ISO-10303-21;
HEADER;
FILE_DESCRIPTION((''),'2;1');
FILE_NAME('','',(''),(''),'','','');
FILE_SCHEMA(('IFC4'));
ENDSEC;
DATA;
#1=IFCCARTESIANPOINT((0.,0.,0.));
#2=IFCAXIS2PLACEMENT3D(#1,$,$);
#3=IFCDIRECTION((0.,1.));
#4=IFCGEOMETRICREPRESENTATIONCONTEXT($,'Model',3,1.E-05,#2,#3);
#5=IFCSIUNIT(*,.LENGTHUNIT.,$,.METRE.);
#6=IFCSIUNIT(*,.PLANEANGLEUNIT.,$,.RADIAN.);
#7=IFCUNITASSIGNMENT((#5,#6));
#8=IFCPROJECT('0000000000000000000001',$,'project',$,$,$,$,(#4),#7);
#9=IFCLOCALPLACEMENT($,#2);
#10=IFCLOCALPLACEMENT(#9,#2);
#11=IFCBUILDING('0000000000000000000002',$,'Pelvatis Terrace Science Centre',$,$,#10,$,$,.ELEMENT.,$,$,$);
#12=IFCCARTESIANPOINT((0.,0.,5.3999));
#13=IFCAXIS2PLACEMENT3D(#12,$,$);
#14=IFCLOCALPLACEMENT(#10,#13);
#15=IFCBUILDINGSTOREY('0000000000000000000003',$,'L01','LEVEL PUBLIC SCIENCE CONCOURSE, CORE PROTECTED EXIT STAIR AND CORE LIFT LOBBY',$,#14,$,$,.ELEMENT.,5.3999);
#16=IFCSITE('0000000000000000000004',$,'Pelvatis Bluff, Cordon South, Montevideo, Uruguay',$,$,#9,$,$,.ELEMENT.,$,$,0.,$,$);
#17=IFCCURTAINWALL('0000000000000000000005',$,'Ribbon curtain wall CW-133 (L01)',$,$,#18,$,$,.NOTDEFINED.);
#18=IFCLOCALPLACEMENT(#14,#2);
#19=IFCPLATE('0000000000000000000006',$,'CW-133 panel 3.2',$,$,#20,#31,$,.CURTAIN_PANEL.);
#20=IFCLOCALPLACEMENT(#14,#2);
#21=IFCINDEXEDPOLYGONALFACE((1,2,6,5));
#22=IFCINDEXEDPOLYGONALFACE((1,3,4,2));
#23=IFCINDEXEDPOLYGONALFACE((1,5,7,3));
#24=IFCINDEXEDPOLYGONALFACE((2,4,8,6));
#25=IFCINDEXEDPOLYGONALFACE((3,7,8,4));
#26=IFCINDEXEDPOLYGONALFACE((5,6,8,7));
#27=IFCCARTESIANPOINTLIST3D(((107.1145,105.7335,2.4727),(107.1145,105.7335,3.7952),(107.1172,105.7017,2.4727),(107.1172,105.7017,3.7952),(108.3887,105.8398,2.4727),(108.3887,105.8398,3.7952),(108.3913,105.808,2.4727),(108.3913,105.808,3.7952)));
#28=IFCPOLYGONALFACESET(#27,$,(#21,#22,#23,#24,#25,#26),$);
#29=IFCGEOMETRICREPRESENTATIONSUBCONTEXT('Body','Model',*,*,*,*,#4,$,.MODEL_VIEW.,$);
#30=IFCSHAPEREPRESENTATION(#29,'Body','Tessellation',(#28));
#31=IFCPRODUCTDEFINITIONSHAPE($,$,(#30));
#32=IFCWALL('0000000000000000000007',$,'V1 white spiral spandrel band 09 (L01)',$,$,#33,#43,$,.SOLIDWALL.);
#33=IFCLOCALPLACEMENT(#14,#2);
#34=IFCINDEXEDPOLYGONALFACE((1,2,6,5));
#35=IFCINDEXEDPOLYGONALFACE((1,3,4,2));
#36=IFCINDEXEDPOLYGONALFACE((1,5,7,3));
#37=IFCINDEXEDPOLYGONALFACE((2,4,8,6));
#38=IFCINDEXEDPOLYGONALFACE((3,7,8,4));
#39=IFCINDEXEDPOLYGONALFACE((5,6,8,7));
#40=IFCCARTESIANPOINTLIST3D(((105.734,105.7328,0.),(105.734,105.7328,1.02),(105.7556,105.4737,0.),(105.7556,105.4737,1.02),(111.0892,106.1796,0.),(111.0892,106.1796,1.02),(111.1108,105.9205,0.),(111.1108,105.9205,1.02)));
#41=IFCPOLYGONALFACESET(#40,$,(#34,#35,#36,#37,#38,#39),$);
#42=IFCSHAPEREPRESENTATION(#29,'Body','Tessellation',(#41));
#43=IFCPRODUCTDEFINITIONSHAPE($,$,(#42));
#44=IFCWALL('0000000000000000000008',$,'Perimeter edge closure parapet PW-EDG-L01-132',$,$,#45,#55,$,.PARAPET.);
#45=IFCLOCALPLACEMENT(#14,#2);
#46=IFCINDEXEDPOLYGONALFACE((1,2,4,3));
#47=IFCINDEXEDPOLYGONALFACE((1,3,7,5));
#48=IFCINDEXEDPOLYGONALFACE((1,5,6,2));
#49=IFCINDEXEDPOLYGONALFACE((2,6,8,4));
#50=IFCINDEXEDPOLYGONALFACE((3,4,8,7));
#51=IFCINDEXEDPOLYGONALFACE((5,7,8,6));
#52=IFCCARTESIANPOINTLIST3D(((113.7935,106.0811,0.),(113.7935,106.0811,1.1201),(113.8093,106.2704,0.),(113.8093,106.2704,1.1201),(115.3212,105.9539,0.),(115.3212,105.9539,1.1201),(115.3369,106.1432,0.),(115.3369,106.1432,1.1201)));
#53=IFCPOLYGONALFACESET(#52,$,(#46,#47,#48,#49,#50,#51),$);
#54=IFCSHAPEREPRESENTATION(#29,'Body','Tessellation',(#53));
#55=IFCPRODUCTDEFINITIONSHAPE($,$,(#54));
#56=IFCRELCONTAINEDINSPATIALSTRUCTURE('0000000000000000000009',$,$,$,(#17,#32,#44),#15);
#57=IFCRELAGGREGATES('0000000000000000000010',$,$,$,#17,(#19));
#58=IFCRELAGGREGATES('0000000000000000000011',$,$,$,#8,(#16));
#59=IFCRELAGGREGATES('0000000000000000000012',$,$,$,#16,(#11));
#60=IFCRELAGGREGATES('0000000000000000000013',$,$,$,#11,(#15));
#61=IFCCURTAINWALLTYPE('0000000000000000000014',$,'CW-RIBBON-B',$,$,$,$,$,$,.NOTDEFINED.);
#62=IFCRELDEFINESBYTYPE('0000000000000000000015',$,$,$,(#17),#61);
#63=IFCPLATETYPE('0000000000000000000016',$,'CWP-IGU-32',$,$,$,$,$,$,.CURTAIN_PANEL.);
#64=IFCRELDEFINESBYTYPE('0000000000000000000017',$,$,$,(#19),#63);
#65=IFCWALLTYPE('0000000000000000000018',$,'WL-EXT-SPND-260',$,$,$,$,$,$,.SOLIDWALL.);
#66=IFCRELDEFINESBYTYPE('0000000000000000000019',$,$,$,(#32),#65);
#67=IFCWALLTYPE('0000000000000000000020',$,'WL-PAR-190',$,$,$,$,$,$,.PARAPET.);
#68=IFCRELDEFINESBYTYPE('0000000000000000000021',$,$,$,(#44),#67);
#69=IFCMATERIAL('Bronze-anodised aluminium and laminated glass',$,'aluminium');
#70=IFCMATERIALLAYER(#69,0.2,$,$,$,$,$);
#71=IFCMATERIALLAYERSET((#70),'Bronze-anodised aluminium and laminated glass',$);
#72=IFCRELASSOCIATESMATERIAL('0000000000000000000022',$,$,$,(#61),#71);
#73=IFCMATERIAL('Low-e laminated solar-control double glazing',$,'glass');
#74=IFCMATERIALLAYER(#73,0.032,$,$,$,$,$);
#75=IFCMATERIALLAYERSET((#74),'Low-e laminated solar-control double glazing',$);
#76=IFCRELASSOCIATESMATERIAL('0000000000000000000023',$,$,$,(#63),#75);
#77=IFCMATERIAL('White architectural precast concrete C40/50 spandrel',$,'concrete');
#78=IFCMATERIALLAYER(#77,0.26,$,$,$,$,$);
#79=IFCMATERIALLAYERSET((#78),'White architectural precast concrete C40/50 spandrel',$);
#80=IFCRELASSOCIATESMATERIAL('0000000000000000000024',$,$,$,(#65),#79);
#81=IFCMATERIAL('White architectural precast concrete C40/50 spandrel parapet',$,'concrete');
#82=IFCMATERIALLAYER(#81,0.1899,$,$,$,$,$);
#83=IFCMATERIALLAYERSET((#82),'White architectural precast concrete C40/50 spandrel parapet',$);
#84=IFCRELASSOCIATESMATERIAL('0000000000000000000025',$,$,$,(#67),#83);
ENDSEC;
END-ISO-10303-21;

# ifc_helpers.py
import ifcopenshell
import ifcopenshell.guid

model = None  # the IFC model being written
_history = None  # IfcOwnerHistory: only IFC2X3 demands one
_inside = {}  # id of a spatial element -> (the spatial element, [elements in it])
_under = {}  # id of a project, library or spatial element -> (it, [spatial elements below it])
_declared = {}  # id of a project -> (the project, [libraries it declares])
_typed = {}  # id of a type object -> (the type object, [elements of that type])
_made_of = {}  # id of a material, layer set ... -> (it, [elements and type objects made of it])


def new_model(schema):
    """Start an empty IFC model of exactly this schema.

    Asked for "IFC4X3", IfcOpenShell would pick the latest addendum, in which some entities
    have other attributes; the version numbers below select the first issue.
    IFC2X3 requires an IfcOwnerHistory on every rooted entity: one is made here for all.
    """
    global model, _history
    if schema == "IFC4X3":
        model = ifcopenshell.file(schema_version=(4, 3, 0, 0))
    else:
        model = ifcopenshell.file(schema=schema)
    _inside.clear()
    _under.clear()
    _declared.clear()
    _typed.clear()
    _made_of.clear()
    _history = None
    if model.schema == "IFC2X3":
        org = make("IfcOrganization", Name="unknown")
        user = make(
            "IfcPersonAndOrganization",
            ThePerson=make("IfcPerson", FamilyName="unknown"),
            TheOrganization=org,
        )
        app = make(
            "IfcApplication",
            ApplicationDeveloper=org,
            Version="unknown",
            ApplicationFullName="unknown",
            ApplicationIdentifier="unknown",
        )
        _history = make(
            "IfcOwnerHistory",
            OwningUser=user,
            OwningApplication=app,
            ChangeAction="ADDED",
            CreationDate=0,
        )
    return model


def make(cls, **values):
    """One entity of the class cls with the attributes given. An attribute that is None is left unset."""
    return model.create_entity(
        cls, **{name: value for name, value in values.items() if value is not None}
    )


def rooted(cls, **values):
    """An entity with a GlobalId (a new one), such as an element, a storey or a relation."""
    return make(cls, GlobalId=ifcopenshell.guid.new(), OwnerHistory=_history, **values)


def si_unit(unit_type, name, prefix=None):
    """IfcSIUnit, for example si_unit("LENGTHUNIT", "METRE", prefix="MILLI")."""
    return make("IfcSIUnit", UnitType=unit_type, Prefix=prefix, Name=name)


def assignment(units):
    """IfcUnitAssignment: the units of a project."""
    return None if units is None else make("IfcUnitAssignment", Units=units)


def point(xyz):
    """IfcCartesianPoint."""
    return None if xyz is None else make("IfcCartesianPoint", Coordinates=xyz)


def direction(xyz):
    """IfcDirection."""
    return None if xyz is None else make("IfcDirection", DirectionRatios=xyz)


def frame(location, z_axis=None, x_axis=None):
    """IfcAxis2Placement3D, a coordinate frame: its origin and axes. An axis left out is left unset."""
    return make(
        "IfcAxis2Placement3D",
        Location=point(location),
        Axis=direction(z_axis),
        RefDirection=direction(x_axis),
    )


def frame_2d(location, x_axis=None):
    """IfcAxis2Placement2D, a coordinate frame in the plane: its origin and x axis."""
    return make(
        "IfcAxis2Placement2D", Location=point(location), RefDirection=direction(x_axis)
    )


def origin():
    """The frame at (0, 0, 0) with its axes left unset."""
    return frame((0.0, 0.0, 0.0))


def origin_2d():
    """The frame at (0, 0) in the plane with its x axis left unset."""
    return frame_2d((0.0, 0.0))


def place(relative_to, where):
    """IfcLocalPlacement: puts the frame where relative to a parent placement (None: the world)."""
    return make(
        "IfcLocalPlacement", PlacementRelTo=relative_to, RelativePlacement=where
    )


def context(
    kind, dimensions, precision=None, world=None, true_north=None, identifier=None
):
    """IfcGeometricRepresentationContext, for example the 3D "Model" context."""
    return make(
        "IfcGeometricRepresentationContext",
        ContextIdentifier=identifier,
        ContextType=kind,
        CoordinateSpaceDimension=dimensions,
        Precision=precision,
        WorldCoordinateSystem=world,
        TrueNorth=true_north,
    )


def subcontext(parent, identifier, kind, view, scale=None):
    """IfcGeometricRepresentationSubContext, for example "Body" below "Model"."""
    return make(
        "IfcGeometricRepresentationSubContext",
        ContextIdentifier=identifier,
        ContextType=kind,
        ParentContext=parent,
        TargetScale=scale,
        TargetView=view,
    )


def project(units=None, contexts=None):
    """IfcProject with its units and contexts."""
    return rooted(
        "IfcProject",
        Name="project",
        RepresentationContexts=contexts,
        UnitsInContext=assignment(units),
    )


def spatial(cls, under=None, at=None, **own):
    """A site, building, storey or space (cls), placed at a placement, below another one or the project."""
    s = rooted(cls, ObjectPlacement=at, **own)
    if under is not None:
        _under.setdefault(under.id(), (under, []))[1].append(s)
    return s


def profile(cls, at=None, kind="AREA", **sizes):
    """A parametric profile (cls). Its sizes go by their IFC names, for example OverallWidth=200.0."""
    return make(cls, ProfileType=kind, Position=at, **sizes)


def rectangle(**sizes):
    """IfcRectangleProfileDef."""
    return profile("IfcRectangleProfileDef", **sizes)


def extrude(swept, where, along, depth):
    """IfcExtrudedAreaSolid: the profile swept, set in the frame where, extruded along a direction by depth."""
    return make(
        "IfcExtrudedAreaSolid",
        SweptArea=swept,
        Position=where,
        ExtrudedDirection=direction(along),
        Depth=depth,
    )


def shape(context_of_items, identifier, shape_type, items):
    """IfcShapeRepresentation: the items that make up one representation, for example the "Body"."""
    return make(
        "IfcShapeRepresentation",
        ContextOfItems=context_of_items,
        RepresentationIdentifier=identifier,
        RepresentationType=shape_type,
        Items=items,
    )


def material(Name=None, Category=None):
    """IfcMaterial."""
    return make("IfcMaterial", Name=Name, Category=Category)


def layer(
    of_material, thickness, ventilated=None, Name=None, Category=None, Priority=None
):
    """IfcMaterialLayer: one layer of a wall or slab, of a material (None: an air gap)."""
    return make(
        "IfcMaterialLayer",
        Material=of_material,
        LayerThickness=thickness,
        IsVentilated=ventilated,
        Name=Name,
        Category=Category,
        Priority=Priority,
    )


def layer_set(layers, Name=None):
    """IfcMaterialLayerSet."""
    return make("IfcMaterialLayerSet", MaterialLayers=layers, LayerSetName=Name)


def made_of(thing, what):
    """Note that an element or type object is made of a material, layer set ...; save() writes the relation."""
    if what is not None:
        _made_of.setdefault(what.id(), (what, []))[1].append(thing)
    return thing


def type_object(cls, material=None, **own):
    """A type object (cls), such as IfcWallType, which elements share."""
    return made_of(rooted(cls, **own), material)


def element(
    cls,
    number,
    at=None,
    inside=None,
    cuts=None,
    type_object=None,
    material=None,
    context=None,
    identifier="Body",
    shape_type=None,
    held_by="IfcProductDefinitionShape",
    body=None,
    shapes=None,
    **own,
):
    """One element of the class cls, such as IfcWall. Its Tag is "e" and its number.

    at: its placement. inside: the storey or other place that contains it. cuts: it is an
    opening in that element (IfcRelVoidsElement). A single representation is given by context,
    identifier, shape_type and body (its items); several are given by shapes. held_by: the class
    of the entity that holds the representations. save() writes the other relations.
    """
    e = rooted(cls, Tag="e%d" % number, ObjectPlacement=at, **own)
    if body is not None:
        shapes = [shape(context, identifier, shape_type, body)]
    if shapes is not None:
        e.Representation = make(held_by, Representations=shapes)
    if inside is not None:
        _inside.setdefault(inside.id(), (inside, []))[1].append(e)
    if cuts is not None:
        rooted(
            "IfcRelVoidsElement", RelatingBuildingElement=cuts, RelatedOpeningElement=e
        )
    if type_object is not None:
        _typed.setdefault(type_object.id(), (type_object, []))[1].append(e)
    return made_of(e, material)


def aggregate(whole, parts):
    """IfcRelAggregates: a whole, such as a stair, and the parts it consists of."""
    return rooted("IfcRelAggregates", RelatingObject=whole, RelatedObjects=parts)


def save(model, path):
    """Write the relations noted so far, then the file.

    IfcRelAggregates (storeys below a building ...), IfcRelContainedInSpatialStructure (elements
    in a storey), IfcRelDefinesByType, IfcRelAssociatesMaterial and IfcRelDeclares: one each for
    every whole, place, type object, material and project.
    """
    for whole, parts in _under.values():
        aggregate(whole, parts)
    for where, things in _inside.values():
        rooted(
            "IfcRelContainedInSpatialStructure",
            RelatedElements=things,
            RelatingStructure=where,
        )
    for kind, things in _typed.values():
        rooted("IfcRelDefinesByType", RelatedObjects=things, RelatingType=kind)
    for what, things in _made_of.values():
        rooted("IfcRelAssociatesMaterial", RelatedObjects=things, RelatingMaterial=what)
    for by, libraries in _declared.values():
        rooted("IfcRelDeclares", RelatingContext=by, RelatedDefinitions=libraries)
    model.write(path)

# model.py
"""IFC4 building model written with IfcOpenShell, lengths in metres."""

from ifc_helpers import new_model, si_unit, direction, frame, frame_2d, origin, origin_2d, place, context, subcontext, project, spatial, rectangle, extrude, material, layer, layer_set, type_object, element, aggregate, save


model = new_model("IFC4")

# Units and contexts
model_context = context("Model", 3, precision=1e-05, world=origin(), true_north=direction((0.0, 1.0)))
body_context = subcontext(model_context, "Body", "Model", "MODEL_VIEW")
ifc_project = project(units=[si_unit("LENGTHUNIT", "METRE"), si_unit("PLANEANGLEUNIT", "RADIAN")], contexts=[model_context])

# Site, building, storey
site_placement = place(None, origin())
site = spatial("IfcSite", under=ifc_project, at=site_placement, Name="Pelvatis Bluff, Cordon South, Montevideo, Uruguay", CompositionType="ELEMENT", RefElevation=0.0)
building_placement = place(site_placement, origin())
building = spatial("IfcBuilding", under=site, at=building_placement, Name="Pelvatis Terrace Science Centre", CompositionType="ELEMENT")
storey_placement = place(building_placement, frame((0.0, 0.0, 5.3999)))
storey = spatial("IfcBuildingStorey", under=building, at=storey_placement, Name="L01", Description="LEVEL PUBLIC SCIENCE CONCOURSE, CORE PROTECTED EXIT STAIR AND CORE LIFT LOBBY", CompositionType="ELEMENT", Elevation=5.3999)

# Curtain wall
ifc_material_1 = material(Name="Bronze-anodised aluminium and laminated glass", Category="aluminium")
ifc_layer_1 = layer(ifc_material_1, 0.2)
ifc_layer_set_1 = layer_set([ifc_layer_1], Name="Bronze-anodised aluminium and laminated glass")
curtain_wall_type = type_object("IfcCurtainWallType", Name="CW-RIBBON-B", PredefinedType="NOTDEFINED", material=ifc_layer_set_1)
curtain_wall_1_placement = place(storey_placement, origin())
curtain_wall_1 = element("IfcCurtainWall", 1, at=curtain_wall_1_placement, inside=storey, type_object=curtain_wall_type, Name="Ribbon curtain wall CW-133 (L01)", PredefinedType="NOTDEFINED")

# Plate
ifc_material_2 = material(Name="Low-e laminated solar-control double glazing", Category="glass")
ifc_layer_2 = layer(ifc_material_2, 0.032)
ifc_layer_set_2 = layer_set([ifc_layer_2], Name="Low-e laminated solar-control double glazing")
plate_type = type_object("IfcPlateType", Name="CWP-IGU-32", PredefinedType="CURTAIN_PANEL", material=ifc_layer_set_2)
plate_1_placement = place(storey_placement, frame((107.7529, 105.7708, 2.4727), z_axis=(0.0, 0.0, 1.0), x_axis=(-0.996539, -0.083126, 0.0)))
plate_1 = element("IfcPlate", 2, at=plate_1_placement, type_object=plate_type, Name="CW-133 panel 3.2", PredefinedType="CURTAIN_PANEL", context=body_context, shape_type="SweptSolid", body=[
    extrude(rectangle(XDim=1.2786, YDim=0.032, at=origin_2d()), origin(), (0.0, 0.0, 1.0), 1.3225),
])
aggregate(curtain_wall_1, [plate_1])

# Walls
ifc_material_3 = material(Name="White architectural precast concrete C40/50 spandrel", Category="concrete")
ifc_layer_3 = layer(ifc_material_3, 0.26)
ifc_layer_set_3 = layer_set([ifc_layer_3], Name="White architectural precast concrete C40/50 spandrel")
wall_type_1 = type_object("IfcWallType", Name="WL-EXT-SPND-260", PredefinedType="SOLIDWALL", material=ifc_layer_set_3)
wall_1_placement = place(storey_placement, frame((111.1001, 106.05, 0.0), z_axis=(0.0, 0.0, 1.0), x_axis=(-0.996538, -0.083139, 0.0)))
element("IfcWall", 3, at=wall_1_placement, inside=storey, type_object=wall_type_1, Name="V1 white spiral spandrel band 09 (L01)", PredefinedType="SOLIDWALL", context=body_context, shape_type="SweptSolid", body=[
    extrude(rectangle(XDim=5.3738, YDim=0.26, at=frame_2d((2.687, 0.0))), origin(), (0.0, 0.0, 1.0), 1.02),
])
ifc_material_4 = material(Name="White architectural precast concrete C40/50 spandrel parapet", Category="concrete")
ifc_layer_4 = layer(ifc_material_4, 0.1899)
ifc_layer_set_4 = layer_set([ifc_layer_4], Name="White architectural precast concrete C40/50 spandrel parapet")
wall_type_2 = type_object("IfcWallType", Name="WL-PAR-190", PredefinedType="PARAPET", material=ifc_layer_set_4)
wall_2_placement = place(storey_placement, frame((113.8013, 106.1758, 0.0), z_axis=(0.0, 0.0, 1.0), x_axis=(0.996551, -0.08298, 0.0)))
element("IfcWall", 4, at=wall_2_placement, inside=storey, type_object=wall_type_2, Name="Perimeter edge closure parapet PW-EDG-L01-132", PredefinedType="PARAPET", context=body_context, shape_type="SweptSolid", body=[
    extrude(rectangle(XDim=1.533, YDim=0.1899, at=frame_2d((0.7666, 0.0))), origin(), (0.0, 0.0, 1.0), 1.1201),
])

save(model, "model.ifc")
